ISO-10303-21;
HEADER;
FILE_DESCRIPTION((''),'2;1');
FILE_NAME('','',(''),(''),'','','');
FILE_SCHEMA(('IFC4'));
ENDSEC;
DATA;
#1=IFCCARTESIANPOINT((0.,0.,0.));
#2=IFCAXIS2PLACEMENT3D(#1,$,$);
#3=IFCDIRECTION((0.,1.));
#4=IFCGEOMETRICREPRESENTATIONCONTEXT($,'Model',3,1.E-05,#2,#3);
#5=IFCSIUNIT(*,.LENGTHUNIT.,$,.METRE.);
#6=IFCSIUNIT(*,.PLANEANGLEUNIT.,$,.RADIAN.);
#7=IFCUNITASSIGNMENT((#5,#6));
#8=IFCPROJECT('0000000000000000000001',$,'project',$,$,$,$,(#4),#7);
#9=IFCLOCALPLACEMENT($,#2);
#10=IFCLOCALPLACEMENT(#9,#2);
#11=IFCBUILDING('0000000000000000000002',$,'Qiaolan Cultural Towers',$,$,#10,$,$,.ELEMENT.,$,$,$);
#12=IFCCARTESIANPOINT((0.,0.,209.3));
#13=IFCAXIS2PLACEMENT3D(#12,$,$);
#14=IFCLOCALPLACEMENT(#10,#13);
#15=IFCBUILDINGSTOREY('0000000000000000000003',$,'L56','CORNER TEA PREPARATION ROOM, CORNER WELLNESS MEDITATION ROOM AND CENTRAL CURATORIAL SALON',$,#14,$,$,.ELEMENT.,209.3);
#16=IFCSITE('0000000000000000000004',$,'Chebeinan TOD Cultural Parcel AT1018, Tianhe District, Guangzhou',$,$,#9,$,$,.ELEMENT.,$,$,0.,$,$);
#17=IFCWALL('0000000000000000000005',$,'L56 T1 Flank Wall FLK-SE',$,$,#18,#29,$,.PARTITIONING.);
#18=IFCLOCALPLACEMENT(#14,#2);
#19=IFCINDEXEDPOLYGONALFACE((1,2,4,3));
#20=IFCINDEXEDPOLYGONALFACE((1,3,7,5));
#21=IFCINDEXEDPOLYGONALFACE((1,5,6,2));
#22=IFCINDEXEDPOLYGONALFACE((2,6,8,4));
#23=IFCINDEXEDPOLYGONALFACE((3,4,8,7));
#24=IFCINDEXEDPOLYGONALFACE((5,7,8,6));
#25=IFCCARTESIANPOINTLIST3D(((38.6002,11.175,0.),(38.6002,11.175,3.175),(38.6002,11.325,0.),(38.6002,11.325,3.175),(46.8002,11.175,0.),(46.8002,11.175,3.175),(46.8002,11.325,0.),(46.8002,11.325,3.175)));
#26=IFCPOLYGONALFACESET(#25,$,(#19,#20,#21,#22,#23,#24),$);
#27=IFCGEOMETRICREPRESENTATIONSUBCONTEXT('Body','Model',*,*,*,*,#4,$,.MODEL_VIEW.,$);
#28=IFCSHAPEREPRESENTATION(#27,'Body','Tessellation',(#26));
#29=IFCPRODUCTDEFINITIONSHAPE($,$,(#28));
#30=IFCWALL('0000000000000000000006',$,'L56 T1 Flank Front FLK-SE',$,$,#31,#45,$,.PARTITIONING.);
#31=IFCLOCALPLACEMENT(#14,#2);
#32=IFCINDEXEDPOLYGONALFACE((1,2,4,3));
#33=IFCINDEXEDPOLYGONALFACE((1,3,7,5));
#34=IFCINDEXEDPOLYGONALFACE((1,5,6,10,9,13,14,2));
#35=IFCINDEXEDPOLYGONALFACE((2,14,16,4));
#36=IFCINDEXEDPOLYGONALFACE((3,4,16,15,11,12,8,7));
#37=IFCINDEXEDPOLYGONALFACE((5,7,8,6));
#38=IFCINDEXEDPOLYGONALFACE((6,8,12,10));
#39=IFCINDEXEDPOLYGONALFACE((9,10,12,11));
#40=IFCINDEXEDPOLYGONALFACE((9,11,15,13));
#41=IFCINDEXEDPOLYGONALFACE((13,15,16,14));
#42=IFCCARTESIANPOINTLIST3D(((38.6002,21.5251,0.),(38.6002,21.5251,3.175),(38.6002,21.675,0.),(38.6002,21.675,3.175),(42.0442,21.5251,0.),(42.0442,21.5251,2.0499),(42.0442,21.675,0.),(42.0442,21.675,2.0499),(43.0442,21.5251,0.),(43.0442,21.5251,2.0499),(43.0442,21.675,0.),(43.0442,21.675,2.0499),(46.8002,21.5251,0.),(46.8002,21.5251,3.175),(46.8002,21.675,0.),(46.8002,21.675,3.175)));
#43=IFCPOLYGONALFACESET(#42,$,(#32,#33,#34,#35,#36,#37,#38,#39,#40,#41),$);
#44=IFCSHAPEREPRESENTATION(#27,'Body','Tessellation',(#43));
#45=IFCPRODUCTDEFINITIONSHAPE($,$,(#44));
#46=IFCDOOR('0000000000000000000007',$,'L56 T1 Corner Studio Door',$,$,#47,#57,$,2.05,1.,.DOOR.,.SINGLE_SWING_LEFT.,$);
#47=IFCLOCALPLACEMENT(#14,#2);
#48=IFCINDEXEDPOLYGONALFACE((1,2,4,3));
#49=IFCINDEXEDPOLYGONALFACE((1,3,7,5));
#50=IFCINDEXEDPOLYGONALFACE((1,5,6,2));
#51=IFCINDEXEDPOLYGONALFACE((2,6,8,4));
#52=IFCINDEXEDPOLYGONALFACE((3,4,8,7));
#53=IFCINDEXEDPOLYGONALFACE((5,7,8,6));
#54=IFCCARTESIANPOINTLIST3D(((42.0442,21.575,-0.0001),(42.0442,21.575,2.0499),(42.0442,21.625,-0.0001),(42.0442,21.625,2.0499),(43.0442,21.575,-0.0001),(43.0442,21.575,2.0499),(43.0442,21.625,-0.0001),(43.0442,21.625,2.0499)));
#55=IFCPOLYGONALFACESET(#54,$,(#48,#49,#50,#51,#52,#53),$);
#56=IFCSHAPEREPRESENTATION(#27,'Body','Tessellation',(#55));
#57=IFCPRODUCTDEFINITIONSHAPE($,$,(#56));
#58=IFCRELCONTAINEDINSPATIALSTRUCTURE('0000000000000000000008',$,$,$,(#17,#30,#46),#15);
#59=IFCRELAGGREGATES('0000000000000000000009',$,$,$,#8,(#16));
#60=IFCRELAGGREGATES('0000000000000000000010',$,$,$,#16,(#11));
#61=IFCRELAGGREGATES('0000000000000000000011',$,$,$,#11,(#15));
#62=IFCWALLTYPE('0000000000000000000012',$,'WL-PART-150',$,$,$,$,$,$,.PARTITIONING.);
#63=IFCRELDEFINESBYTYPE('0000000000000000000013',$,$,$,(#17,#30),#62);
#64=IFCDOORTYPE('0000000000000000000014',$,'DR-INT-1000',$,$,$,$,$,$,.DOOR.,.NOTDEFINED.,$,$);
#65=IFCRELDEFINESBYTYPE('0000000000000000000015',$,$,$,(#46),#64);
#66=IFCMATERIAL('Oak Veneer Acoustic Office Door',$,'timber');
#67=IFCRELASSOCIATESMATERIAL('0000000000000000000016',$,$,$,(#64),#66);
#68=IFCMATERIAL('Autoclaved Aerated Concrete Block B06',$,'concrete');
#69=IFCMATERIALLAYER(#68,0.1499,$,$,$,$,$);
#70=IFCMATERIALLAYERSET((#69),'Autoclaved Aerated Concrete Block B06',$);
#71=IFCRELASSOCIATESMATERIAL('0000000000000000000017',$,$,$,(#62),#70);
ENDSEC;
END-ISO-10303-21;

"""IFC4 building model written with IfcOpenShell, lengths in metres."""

from ifc_helpers import new_model, si_unit, direction, frame, frame_2d, origin, place, context, subcontext, project, spatial, rectangle, extrude, material, layer, layer_set, type_object, element, fill, save


model = new_model("IFC4")

# Units and contexts
model_context = context("Model", 3, precision=1e-05, world=origin(), true_north=direction((0.0, 1.0)))
body_context = subcontext(model_context, "Body", "Model", "MODEL_VIEW")
ifc_project = project(units=[si_unit("LENGTHUNIT", "METRE"), si_unit("PLANEANGLEUNIT", "RADIAN")], contexts=[model_context])

# Site, building, storey
site_placement = place(None, origin())
site = spatial("IfcSite", under=ifc_project, at=site_placement, Name="Chebeinan TOD Cultural Parcel AT1018, Tianhe District, Guangzhou", CompositionType="ELEMENT", RefElevation=0.0)
building_placement = place(site_placement, origin())
building = spatial("IfcBuilding", under=site, at=building_placement, Name="Qiaolan Cultural Towers", CompositionType="ELEMENT")
storey_placement = place(building_placement, frame((0.0, 0.0, 209.3)))
storey = spatial("IfcBuildingStorey", under=building, at=storey_placement, Name="L56", Description="CORNER TEA PREPARATION ROOM, CORNER WELLNESS MEDITATION ROOM AND CENTRAL CURATORIAL SALON", CompositionType="ELEMENT", Elevation=209.3)

# Shared definitions
ifc_material_1 = material(Name="Oak Veneer Acoustic Office Door", Category="timber")
door_type_1 = type_object("IfcDoorType", Name="DR-INT-1000", OperationType="NOTDEFINED", PredefinedType="DOOR", material=ifc_material_1)

# Shared definitions
ifc_material_2 = material(Name="Autoclaved Aerated Concrete Block B06", Category="concrete")
ifc_layer_1 = layer(ifc_material_2, 0.1499)
ifc_layer_set_1 = layer_set([ifc_layer_1], Name="Autoclaved Aerated Concrete Block B06")
wall_type_1 = type_object("IfcWallType", Name="WL-PART-150", PredefinedType="PARTITIONING", material=ifc_layer_set_1)

# Wall
wall_1_placement = place(storey_placement, frame((38.6001, 11.25, 0.0), z_axis=(0.0, 0.0, 1.0), x_axis=(1.0, 0.0, 0.0)))
element("IfcWall", 1, at=wall_1_placement, inside=storey, type_object=wall_type_1, Name="L56 T1 Flank Wall FLK-SE", PredefinedType="PARTITIONING", context=body_context, shape_type="SweptSolid", body=[
    extrude(rectangle(XDim=8.2, YDim=0.1499, at=frame_2d((4.1001, 0.0))), origin(), (0.0, 0.0, 1.0), 3.175),
])

# Wall, opening, door
wall_2_placement = place(storey_placement, frame((38.6001, 21.6001, 0.0), z_axis=(0.0, 0.0, 1.0), x_axis=(1.0, 0.0, 0.0)))
wall_2 = element("IfcWall", 2, at=wall_2_placement, inside=storey, type_object=wall_type_1, Name="L56 T1 Flank Front FLK-SE", PredefinedType="PARTITIONING", context=body_context, shape_type="SweptSolid", body=[
    extrude(rectangle(XDim=8.2, YDim=0.1499, at=frame_2d((4.1001, 0.0))), origin(), (0.0, 0.0, 1.0), 3.175),
])
opening_1_placement = place(wall_2_placement, frame((3.4441, 0.0, 0.0)))
opening_1 = element("IfcOpeningElement", 3, at=opening_1_placement, cuts=wall_2, PredefinedType="OPENING", context=body_context, shape_type="SweptSolid", body=[
    extrude(rectangle(XDim=1.0, YDim=2.05, at=frame_2d((0.5, 1.0249))), frame((0.0, 0.085, 0.0), z_axis=(0.0, -1.0, 0.0), x_axis=(1.0, 0.0, 0.0)), (0.0, 0.0, 1.0), 0.1699),
])
door_1_placement = place(opening_1_placement, origin())
door_1 = element("IfcDoor", 4, at=door_1_placement, inside=storey, type_object=door_type_1, Name="L56 T1 Corner Studio Door", OperationType="SINGLE_SWING_LEFT", OverallHeight=2.05, OverallWidth=1.0, PredefinedType="DOOR", context=body_context, shape_type="SweptSolid", body=[
    extrude(rectangle(XDim=1.0, YDim=2.05, at=frame_2d((0.5, 1.0249))), frame((0.0, 0.0249, 0.0), z_axis=(0.0, -1.0, 0.0), x_axis=(1.0, 0.0, 0.0)), (0.0, 0.0, 1.0), 0.05),
])
fill(opening_1, door_1)

save(model, "model.ifc")
